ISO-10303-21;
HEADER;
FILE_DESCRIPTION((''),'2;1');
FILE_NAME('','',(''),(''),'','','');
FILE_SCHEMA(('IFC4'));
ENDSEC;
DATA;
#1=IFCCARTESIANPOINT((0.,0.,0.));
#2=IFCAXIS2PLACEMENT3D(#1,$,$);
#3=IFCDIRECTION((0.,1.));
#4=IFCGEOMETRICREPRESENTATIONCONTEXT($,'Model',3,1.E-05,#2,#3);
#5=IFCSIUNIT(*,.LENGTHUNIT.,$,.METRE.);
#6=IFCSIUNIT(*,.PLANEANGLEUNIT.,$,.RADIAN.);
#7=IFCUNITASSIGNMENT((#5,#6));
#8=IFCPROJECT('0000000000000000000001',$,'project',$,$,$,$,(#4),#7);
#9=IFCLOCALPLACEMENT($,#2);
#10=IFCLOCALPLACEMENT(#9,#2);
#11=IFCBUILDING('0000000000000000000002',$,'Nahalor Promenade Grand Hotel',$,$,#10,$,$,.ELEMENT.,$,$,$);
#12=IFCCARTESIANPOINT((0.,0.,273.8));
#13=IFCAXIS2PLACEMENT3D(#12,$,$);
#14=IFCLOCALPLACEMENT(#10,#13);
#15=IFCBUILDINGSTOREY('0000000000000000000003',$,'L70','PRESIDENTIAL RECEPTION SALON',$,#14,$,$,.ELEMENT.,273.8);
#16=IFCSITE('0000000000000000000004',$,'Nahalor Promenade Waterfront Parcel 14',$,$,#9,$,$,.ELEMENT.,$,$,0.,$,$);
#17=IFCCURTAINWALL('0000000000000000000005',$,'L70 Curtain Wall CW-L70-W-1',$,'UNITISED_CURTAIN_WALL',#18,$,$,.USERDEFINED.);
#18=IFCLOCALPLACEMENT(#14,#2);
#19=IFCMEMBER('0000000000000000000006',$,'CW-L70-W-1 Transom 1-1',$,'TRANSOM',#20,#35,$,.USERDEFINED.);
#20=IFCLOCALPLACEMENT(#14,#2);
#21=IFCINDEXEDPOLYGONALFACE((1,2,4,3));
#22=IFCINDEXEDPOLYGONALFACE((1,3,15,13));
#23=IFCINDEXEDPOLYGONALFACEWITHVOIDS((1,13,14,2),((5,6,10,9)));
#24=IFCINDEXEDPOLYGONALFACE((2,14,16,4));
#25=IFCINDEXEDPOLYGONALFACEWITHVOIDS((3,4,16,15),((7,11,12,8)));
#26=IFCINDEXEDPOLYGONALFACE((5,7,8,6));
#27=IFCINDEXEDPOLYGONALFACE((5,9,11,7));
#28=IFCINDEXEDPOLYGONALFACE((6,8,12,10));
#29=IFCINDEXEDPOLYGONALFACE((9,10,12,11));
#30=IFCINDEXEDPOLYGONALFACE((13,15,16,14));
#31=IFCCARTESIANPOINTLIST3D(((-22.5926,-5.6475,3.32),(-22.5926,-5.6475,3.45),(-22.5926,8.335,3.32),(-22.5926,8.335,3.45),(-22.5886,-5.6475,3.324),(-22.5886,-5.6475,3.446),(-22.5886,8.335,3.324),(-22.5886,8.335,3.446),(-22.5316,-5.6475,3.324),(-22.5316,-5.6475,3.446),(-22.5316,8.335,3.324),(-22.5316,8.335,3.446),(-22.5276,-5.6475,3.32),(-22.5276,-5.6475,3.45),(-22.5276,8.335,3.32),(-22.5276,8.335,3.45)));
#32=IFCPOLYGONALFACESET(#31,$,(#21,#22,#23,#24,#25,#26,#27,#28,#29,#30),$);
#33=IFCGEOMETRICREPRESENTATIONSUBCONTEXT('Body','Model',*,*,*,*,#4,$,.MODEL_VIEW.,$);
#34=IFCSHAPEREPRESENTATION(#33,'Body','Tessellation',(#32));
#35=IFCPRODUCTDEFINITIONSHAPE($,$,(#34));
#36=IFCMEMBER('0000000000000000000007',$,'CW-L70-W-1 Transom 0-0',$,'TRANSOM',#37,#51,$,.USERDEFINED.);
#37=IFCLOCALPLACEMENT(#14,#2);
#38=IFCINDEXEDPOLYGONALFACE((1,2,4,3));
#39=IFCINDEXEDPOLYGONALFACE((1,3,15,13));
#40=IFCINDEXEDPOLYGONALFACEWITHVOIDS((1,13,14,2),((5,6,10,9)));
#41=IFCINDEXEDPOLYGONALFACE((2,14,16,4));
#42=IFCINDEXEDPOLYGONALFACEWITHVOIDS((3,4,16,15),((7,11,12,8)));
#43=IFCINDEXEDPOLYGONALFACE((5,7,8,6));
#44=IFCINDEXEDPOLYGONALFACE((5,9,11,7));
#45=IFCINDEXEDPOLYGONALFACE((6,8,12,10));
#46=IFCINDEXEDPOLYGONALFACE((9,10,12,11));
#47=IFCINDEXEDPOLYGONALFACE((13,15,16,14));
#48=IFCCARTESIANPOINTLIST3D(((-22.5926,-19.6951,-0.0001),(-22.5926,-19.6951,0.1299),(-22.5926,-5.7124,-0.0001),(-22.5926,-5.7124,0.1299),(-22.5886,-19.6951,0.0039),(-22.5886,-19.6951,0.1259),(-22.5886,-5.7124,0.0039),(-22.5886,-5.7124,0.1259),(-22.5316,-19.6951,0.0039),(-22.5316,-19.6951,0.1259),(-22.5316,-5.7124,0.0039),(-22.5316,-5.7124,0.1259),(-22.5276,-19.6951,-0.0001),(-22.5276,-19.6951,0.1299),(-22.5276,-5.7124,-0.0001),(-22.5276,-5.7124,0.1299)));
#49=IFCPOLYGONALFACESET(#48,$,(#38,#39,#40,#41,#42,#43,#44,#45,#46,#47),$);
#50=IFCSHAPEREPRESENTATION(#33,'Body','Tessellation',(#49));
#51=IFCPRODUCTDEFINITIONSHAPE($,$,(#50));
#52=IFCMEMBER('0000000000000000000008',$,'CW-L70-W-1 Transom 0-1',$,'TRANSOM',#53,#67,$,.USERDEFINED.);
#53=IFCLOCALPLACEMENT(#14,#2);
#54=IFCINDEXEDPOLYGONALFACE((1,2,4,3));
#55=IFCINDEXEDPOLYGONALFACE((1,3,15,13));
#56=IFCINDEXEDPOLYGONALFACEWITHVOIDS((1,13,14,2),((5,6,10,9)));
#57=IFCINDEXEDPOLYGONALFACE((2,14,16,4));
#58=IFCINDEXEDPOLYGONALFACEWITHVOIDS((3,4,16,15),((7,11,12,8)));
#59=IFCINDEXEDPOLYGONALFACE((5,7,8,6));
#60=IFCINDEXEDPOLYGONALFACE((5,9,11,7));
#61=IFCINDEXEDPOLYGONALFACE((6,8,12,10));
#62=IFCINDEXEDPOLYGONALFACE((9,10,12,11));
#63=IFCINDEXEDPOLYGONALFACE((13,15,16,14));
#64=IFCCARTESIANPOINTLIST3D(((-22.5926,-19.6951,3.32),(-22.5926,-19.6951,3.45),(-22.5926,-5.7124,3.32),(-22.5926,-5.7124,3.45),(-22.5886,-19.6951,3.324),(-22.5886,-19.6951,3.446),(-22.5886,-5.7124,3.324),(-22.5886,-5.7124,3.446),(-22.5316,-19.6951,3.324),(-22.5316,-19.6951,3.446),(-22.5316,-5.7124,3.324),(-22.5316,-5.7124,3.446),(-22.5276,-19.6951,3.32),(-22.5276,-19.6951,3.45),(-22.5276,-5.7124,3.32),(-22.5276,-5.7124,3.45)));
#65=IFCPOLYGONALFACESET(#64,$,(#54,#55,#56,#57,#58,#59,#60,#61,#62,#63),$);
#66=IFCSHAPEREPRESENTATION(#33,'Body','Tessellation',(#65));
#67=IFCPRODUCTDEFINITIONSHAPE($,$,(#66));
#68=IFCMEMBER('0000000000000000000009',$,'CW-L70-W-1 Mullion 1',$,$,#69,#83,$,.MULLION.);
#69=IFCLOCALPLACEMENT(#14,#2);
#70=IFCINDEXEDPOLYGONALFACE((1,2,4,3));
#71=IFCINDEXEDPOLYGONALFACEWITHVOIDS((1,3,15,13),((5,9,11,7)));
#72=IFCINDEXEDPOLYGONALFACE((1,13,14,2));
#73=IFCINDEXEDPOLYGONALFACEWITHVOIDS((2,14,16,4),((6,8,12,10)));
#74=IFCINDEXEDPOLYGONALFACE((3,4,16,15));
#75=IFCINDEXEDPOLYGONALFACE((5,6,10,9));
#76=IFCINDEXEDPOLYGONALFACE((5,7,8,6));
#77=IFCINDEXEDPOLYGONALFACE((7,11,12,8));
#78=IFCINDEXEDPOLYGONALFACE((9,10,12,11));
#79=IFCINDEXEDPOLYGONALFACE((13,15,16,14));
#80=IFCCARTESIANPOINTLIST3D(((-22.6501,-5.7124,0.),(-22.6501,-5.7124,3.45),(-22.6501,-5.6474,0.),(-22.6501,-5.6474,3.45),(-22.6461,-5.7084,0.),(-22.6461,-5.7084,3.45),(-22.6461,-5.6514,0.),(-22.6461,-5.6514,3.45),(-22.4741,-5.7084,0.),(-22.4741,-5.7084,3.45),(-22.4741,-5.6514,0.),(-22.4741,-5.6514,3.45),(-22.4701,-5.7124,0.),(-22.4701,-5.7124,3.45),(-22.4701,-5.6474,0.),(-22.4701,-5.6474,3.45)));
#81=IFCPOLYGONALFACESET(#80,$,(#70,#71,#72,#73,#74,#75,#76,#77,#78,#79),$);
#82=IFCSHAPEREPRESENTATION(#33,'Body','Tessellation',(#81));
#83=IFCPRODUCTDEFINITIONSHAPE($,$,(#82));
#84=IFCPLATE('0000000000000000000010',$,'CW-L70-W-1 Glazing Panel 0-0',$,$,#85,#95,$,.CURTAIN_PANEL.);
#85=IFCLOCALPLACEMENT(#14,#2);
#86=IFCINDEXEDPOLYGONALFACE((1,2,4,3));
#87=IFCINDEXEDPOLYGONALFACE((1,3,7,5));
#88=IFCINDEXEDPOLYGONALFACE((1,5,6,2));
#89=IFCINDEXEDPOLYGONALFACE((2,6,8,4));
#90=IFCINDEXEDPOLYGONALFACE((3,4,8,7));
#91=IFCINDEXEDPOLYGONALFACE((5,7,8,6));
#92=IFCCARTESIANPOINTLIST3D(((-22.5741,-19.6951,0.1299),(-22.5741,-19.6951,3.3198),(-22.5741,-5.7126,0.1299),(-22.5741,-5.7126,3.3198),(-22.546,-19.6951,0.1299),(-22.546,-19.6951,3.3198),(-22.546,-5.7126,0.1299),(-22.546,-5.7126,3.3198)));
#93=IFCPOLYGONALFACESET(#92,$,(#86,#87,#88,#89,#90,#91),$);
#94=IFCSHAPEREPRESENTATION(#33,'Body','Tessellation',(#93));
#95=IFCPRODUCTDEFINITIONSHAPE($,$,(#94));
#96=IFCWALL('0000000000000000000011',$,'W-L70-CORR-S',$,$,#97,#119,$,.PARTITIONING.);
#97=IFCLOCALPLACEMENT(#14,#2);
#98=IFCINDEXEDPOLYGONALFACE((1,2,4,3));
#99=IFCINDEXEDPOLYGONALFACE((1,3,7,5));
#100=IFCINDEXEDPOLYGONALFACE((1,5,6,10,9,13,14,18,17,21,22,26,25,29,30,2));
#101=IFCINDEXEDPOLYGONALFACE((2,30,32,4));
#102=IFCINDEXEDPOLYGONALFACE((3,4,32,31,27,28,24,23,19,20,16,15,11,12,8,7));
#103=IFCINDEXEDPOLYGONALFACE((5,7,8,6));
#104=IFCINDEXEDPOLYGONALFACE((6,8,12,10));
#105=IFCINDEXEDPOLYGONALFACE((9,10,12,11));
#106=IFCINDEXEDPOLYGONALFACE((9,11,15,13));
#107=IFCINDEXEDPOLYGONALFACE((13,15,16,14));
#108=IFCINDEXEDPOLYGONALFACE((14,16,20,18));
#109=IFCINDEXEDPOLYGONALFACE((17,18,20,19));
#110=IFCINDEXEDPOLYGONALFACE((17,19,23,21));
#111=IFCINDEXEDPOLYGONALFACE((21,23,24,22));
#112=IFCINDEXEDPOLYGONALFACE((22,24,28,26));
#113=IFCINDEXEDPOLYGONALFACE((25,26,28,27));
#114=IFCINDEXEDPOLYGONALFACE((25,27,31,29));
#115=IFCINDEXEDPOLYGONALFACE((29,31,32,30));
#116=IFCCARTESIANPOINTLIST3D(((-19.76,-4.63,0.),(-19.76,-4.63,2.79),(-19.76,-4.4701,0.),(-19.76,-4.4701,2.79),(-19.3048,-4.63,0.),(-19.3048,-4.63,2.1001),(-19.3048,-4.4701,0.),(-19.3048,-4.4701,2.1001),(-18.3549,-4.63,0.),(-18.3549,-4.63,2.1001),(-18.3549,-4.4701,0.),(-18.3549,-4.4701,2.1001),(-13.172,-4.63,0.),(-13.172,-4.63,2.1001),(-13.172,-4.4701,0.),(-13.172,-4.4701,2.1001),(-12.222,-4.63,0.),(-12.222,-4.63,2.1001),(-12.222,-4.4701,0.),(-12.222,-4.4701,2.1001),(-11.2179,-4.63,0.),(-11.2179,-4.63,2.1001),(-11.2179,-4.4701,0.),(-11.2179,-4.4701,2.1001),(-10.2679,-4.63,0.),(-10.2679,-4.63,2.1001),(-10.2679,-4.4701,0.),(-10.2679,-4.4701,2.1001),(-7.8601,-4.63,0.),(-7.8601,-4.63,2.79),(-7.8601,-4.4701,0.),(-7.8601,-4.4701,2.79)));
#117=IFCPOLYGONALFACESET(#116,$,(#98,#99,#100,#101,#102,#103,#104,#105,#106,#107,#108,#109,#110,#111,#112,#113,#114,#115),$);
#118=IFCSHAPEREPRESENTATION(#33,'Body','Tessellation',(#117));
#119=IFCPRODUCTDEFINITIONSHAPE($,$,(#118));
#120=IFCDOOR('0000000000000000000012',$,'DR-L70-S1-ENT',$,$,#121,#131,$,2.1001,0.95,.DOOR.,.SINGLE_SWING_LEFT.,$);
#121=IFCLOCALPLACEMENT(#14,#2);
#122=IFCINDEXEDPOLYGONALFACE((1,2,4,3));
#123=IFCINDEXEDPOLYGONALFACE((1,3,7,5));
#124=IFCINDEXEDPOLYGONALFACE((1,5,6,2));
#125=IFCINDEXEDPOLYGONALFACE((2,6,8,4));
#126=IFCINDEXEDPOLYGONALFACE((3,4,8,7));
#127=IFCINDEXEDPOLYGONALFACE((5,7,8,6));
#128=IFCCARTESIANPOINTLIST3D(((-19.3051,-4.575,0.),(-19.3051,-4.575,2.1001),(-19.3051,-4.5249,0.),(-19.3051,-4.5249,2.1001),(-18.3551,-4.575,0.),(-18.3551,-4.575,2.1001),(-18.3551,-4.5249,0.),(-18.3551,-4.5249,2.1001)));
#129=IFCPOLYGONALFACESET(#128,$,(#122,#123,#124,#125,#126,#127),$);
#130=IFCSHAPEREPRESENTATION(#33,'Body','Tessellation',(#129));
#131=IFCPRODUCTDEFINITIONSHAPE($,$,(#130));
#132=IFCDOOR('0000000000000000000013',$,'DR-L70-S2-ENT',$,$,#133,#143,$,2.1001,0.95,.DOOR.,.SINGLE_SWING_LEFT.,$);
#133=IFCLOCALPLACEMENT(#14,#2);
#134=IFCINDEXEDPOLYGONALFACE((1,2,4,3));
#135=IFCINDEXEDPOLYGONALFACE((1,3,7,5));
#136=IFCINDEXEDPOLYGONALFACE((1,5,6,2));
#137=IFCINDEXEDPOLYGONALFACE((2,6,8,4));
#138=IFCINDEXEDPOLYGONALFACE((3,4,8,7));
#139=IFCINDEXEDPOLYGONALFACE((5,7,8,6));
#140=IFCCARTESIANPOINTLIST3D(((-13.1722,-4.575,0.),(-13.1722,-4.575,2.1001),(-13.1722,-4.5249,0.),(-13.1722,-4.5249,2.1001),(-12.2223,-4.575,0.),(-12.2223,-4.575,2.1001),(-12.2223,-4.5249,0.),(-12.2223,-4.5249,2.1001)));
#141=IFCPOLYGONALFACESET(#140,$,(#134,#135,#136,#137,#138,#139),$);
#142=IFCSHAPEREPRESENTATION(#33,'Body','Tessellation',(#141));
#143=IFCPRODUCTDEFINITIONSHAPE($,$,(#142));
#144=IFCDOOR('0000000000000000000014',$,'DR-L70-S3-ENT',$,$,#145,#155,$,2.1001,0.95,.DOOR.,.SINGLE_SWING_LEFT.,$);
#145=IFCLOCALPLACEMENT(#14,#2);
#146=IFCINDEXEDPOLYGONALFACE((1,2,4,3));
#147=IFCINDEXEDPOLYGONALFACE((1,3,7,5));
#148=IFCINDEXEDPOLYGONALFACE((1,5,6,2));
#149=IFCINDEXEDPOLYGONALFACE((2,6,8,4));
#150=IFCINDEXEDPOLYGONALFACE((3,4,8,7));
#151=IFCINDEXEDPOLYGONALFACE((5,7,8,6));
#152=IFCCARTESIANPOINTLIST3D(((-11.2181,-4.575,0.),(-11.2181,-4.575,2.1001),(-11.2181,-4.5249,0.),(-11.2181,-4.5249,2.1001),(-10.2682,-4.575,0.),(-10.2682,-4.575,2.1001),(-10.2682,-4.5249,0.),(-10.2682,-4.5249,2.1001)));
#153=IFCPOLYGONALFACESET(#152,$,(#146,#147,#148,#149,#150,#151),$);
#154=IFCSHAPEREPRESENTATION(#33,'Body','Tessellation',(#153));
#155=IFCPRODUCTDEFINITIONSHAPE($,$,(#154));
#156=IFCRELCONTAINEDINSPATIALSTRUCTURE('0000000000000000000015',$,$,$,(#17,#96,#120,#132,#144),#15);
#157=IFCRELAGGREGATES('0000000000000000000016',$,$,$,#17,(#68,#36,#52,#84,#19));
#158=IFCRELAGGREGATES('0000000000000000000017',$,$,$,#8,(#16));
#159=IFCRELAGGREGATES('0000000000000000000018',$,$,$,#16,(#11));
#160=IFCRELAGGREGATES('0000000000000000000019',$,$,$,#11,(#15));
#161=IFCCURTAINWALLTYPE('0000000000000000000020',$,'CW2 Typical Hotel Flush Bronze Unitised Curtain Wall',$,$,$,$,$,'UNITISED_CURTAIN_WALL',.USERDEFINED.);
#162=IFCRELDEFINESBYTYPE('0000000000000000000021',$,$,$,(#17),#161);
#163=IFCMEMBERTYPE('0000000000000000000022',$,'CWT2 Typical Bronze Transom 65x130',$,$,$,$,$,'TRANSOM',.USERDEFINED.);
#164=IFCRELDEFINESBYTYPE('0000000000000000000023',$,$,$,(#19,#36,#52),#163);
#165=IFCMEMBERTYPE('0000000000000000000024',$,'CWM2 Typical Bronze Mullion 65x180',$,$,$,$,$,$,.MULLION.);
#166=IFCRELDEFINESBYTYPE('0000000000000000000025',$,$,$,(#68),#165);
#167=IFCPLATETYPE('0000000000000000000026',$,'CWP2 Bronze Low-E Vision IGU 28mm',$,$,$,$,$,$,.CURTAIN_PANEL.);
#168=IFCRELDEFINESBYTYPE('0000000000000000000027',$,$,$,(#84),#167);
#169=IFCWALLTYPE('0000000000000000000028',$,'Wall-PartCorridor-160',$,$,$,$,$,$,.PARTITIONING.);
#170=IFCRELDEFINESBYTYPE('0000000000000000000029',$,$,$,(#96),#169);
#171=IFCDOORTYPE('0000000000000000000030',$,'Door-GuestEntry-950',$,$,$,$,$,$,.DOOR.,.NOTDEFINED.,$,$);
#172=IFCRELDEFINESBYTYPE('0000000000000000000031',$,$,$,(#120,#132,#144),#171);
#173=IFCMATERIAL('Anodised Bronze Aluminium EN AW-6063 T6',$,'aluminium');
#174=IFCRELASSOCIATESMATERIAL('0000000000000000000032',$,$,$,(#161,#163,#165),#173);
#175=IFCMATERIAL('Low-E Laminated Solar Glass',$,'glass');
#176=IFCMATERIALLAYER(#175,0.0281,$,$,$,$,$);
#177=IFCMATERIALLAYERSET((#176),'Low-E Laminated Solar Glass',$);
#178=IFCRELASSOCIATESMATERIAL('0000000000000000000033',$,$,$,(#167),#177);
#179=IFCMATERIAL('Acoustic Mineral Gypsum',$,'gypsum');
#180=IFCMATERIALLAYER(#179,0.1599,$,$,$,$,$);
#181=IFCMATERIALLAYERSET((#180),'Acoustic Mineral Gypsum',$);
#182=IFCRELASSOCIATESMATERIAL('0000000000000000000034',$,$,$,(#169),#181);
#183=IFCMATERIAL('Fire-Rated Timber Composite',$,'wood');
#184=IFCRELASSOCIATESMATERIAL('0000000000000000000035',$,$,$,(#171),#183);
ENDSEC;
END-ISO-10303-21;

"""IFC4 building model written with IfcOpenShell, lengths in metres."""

from ifc_helpers import new_model, si_unit, direction, frame, frame_2d, origin, origin_2d, place, context, subcontext, project, spatial, rectangle, hollow_rectangle, extrude, source, transform, mapped, material, layer, layer_set, material_profile, profile_set, type_object, element, fill, aggregate, save


model = new_model("IFC4")

# Units and contexts
model_context = context("Model", 3, precision=1e-05, world=origin(), true_north=direction((0.0, 1.0)))
body_context = subcontext(model_context, "Body", "Model", "MODEL_VIEW")
ifc_project = project(units=[si_unit("LENGTHUNIT", "METRE"), si_unit("PLANEANGLEUNIT", "RADIAN")], contexts=[model_context])

# Site, building, storey
site_placement = place(None, origin())
site = spatial("IfcSite", under=ifc_project, at=site_placement, Name="Nahalor Promenade Waterfront Parcel 14", CompositionType="ELEMENT", RefElevation=0.0)
building_placement = place(site_placement, origin())
building = spatial("IfcBuilding", under=site, at=building_placement, Name="Nahalor Promenade Grand Hotel", CompositionType="ELEMENT")
storey_placement = place(building_placement, frame((0.0, 0.0, 273.8)))
storey = spatial("IfcBuildingStorey", under=building, at=storey_placement, Name="L70", Description="PRESIDENTIAL RECEPTION SALON", CompositionType="ELEMENT", Elevation=273.8)

# Curtain wall, members, plate
ifc_material_1 = material(Name="Anodised Bronze Aluminium EN AW-6063 T6", Category="aluminium")
curtain_wall_type = type_object("IfcCurtainWallType", Name="CW2 Typical Hotel Flush Bronze Unitised Curtain Wall", ElementType="UNITISED_CURTAIN_WALL", PredefinedType="USERDEFINED", material=ifc_material_1)
curtain_wall_placement = place(storey_placement, origin())
curtain_wall = element("IfcCurtainWall", 1, at=curtain_wall_placement, inside=storey, type_object=curtain_wall_type, Name="L70 Curtain Wall CW-L70-W-1", ObjectType="UNITISED_CURTAIN_WALL", PredefinedType="USERDEFINED")
ifc_material_profile_1 = material_profile(ifc_material_1, hollow_rectangle(XDim=0.065, YDim=0.13, WallThickness=0.004, at=origin_2d()), Name="CWT 65x130x4")
ifc_profile_set_1 = profile_set([ifc_material_profile_1], Name="Anodised Bronze Aluminium EN AW-6063 T6")
member_type_1 = type_object("IfcMemberType", Name="CWT2 Typical Bronze Transom 65x130", ElementType="TRANSOM", PredefinedType="USERDEFINED", material=ifc_profile_set_1)
shared_shape_1 = source(origin(), body_context, "Body", "SweptSolid", [
    extrude(hollow_rectangle(XDim=0.065, YDim=0.13, WallThickness=0.004, at=origin_2d()), origin(), (0.0, 0.0, 1.0), 13.9824),
])
member_1_placement = place(storey_placement, frame((-22.5601, -5.6475, 3.385), z_axis=(0.0, 1.0, 0.0), x_axis=(-1.0, 0.0, 0.0)))
member_1 = element("IfcMember", 2, at=member_1_placement, type_object=member_type_1, Name="CW-L70-W-1 Transom 1-1", ObjectType="TRANSOM", PredefinedType="USERDEFINED", context=body_context, shape_type="MappedRepresentation", body=[
    mapped(shared_shape_1, transform((0.0, 0.0, 0.0), scale=1.0)),
])
shared_shape_2 = source(origin(), body_context, "Body", "SweptSolid", [
    extrude(hollow_rectangle(XDim=0.065, YDim=0.13, WallThickness=0.004, at=origin_2d()), origin(), (0.0, 0.0, 1.0), 13.9827),
])
member_2_placement = place(storey_placement, frame((-22.5601, -19.6951, 0.0649), z_axis=(0.0, 1.0, 0.0), x_axis=(-1.0, 0.0, 0.0)))
member_2 = element("IfcMember", 3, at=member_2_placement, type_object=member_type_1, Name="CW-L70-W-1 Transom 0-0", ObjectType="TRANSOM", PredefinedType="USERDEFINED", context=body_context, shape_type="MappedRepresentation", body=[
    mapped(shared_shape_2, transform((0.0, 0.0, 0.0), scale=1.0)),
])
member_3_placement = place(storey_placement, frame((-22.5601, -19.6951, 3.385), z_axis=(0.0, 1.0, 0.0), x_axis=(-1.0, 0.0, 0.0)))
member_3 = element("IfcMember", 4, at=member_3_placement, type_object=member_type_1, Name="CW-L70-W-1 Transom 0-1", ObjectType="TRANSOM", PredefinedType="USERDEFINED", context=body_context, shape_type="MappedRepresentation", body=[
    mapped(shared_shape_2, transform((0.0, 0.0, 0.0), scale=1.0)),
])
ifc_material_profile_2 = material_profile(ifc_material_1, hollow_rectangle(XDim=0.065, YDim=0.18, WallThickness=0.004, at=origin_2d()), Name="CWM 65x180x4")
ifc_profile_set_2 = profile_set([ifc_material_profile_2], Name="Anodised Bronze Aluminium EN AW-6063 T6")
member_type_2 = type_object("IfcMemberType", Name="CWM2 Typical Bronze Mullion 65x180", PredefinedType="MULLION", material=ifc_profile_set_2)
shared_shape_3 = source(origin(), body_context, "Body", "SweptSolid", [
    extrude(hollow_rectangle(XDim=0.065, YDim=0.18, WallThickness=0.004, at=origin_2d()), origin(), (0.0, 0.0, 1.0), 3.45),
])
member_4_placement = place(storey_placement, frame((-22.5601, -5.6799, 0.0), z_axis=(0.0, 0.0, 1.0), x_axis=(0.0, 1.0, 0.0)))
member_4 = element("IfcMember", 5, at=member_4_placement, type_object=member_type_2, Name="CW-L70-W-1 Mullion 1", PredefinedType="MULLION", context=body_context, shape_type="MappedRepresentation", body=[
    mapped(shared_shape_3, transform((0.0, 0.0, 0.0), scale=1.0)),
])
ifc_material_2 = material(Name="Low-E Laminated Solar Glass", Category="glass")
ifc_layer_1 = layer(ifc_material_2, 0.0281)
ifc_layer_set_1 = layer_set([ifc_layer_1], Name="Low-E Laminated Solar Glass")
plate_type = type_object("IfcPlateType", Name="CWP2 Bronze Low-E Vision IGU 28mm", PredefinedType="CURTAIN_PANEL", material=ifc_layer_set_1)
shared_shape_4 = source(origin(), body_context, "Body", "SweptSolid", [
    extrude(rectangle(XDim=13.9824, YDim=0.0281, at=origin_2d()), origin(), (0.0, 0.0, 1.0), 3.1899),
])
plate_placement = place(storey_placement, frame((-22.5601, -12.7039, 0.1299), z_axis=(0.0, 0.0, 1.0), x_axis=(0.0, 1.0, 0.0)))
plate = element("IfcPlate", 6, at=plate_placement, type_object=plate_type, Name="CW-L70-W-1 Glazing Panel 0-0", PredefinedType="CURTAIN_PANEL", context=body_context, shape_type="MappedRepresentation", body=[
    mapped(shared_shape_4, transform((0.0, 0.0, 0.0), scale=1.0)),
])
aggregate(curtain_wall, [member_4, member_2, member_3, plate, member_1])

# Wall, openings, doors
ifc_material_3 = material(Name="Acoustic Mineral Gypsum", Category="gypsum")
ifc_layer_2 = layer(ifc_material_3, 0.1599)
ifc_layer_set_2 = layer_set([ifc_layer_2], Name="Acoustic Mineral Gypsum")
wall_type = type_object("IfcWallType", Name="Wall-PartCorridor-160", PredefinedType="PARTITIONING", material=ifc_layer_set_2)
shared_shape_5 = source(origin(), body_context, "Body", "SweptSolid", [
    extrude(rectangle(XDim=11.8999, YDim=0.1599, at=frame_2d((5.95, 0.0))), origin(), (0.0, 0.0, 1.0), 2.79),
])
wall_placement = place(storey_placement, frame((-19.76, -4.55, 0.0), z_axis=(0.0, 0.0, 1.0), x_axis=(1.0, 0.0, 0.0)))
wall = element("IfcWall", 7, at=wall_placement, inside=storey, type_object=wall_type, Name="W-L70-CORR-S", PredefinedType="PARTITIONING", context=body_context, shape_type="MappedRepresentation", body=[
    mapped(shared_shape_5, transform((0.0, 0.0, 0.0), scale=1.0)),
])
opening_1_placement = place(wall_placement, frame((0.4551, 0.0, 0.0)))
opening_1 = element("IfcOpeningElement", 8, at=opening_1_placement, cuts=wall, PredefinedType="OPENING", context=body_context, shape_type="SweptSolid", body=[
    extrude(rectangle(XDim=0.95, YDim=2.1001, at=frame_2d((0.4751, 1.05))), frame((0.0, 0.0898, 0.0), z_axis=(0.0, -1.0, 0.0), x_axis=(1.0, 0.0, 0.0)), (0.0, 0.0, 1.0), 0.1799),
])
opening_2_placement = place(wall_placement, frame((6.5879, 0.0, 0.0)))
opening_2 = element("IfcOpeningElement", 9, at=opening_2_placement, cuts=wall, PredefinedType="OPENING", context=body_context, shape_type="SweptSolid", body=[
    extrude(rectangle(XDim=0.95, YDim=2.1001, at=frame_2d((0.4751, 1.05))), frame((0.0, 0.0898, 0.0), z_axis=(0.0, -1.0, 0.0), x_axis=(1.0, 0.0, 0.0)), (0.0, 0.0, 1.0), 0.1799),
])
opening_3_placement = place(wall_placement, frame((8.542, 0.0, 0.0)))
opening_3 = element("IfcOpeningElement", 10, at=opening_3_placement, cuts=wall, PredefinedType="OPENING", context=body_context, shape_type="SweptSolid", body=[
    extrude(rectangle(XDim=0.95, YDim=2.1001, at=frame_2d((0.4751, 1.05))), frame((0.0, 0.0898, 0.0), z_axis=(0.0, -1.0, 0.0), x_axis=(1.0, 0.0, 0.0)), (0.0, 0.0, 1.0), 0.1799),
])
ifc_material_4 = material(Name="Fire-Rated Timber Composite", Category="wood")
door_type = type_object("IfcDoorType", Name="Door-GuestEntry-950", OperationType="NOTDEFINED", PredefinedType="DOOR", material=ifc_material_4)
shared_shape_6 = source(origin(), body_context, "Body", "SweptSolid", [
    extrude(rectangle(XDim=0.95, YDim=2.1001, at=frame_2d((0.4751, 1.05))), frame((0.0, 0.0249, 0.0), z_axis=(0.0, -1.0, 0.0), x_axis=(1.0, 0.0, 0.0)), (0.0, 0.0, 1.0), 0.05),
])
door_1_placement = place(opening_1_placement, frame((0.95, 0.0, 0.0), z_axis=(0.0, 0.0, 1.0), x_axis=(-1.0, 0.0, 0.0)))
door_1 = element("IfcDoor", 11, at=door_1_placement, inside=storey, type_object=door_type, Name="DR-L70-S1-ENT", OperationType="SINGLE_SWING_LEFT", OverallHeight=2.1001, OverallWidth=0.95, PredefinedType="DOOR", context=body_context, shape_type="MappedRepresentation", body=[
    mapped(shared_shape_6, transform((0.0, 0.0, 0.0), scale=1.0)),
])
fill(opening_1, door_1)
door_2_placement = place(opening_2_placement, frame((0.95, 0.0, 0.0), z_axis=(0.0, 0.0, 1.0), x_axis=(-1.0, 0.0, 0.0)))
door_2 = element("IfcDoor", 12, at=door_2_placement, inside=storey, type_object=door_type, Name="DR-L70-S2-ENT", OperationType="SINGLE_SWING_LEFT", OverallHeight=2.1001, OverallWidth=0.95, PredefinedType="DOOR", context=body_context, shape_type="MappedRepresentation", body=[
    mapped(shared_shape_6, transform((0.0, 0.0, 0.0), scale=1.0)),
])
fill(opening_2, door_2)
door_3_placement = place(opening_3_placement, frame((0.95, 0.0, 0.0), z_axis=(0.0, 0.0, 1.0), x_axis=(-1.0, 0.0, 0.0)))
door_3 = element("IfcDoor", 13, at=door_3_placement, inside=storey, type_object=door_type, Name="DR-L70-S3-ENT", OperationType="SINGLE_SWING_LEFT", OverallHeight=2.1001, OverallWidth=0.95, PredefinedType="DOOR", context=body_context, shape_type="MappedRepresentation", body=[
    mapped(shared_shape_6, transform((0.0, 0.0, 0.0), scale=1.0)),
])
fill(opening_3, door_3)

save(model, "model.ifc")
